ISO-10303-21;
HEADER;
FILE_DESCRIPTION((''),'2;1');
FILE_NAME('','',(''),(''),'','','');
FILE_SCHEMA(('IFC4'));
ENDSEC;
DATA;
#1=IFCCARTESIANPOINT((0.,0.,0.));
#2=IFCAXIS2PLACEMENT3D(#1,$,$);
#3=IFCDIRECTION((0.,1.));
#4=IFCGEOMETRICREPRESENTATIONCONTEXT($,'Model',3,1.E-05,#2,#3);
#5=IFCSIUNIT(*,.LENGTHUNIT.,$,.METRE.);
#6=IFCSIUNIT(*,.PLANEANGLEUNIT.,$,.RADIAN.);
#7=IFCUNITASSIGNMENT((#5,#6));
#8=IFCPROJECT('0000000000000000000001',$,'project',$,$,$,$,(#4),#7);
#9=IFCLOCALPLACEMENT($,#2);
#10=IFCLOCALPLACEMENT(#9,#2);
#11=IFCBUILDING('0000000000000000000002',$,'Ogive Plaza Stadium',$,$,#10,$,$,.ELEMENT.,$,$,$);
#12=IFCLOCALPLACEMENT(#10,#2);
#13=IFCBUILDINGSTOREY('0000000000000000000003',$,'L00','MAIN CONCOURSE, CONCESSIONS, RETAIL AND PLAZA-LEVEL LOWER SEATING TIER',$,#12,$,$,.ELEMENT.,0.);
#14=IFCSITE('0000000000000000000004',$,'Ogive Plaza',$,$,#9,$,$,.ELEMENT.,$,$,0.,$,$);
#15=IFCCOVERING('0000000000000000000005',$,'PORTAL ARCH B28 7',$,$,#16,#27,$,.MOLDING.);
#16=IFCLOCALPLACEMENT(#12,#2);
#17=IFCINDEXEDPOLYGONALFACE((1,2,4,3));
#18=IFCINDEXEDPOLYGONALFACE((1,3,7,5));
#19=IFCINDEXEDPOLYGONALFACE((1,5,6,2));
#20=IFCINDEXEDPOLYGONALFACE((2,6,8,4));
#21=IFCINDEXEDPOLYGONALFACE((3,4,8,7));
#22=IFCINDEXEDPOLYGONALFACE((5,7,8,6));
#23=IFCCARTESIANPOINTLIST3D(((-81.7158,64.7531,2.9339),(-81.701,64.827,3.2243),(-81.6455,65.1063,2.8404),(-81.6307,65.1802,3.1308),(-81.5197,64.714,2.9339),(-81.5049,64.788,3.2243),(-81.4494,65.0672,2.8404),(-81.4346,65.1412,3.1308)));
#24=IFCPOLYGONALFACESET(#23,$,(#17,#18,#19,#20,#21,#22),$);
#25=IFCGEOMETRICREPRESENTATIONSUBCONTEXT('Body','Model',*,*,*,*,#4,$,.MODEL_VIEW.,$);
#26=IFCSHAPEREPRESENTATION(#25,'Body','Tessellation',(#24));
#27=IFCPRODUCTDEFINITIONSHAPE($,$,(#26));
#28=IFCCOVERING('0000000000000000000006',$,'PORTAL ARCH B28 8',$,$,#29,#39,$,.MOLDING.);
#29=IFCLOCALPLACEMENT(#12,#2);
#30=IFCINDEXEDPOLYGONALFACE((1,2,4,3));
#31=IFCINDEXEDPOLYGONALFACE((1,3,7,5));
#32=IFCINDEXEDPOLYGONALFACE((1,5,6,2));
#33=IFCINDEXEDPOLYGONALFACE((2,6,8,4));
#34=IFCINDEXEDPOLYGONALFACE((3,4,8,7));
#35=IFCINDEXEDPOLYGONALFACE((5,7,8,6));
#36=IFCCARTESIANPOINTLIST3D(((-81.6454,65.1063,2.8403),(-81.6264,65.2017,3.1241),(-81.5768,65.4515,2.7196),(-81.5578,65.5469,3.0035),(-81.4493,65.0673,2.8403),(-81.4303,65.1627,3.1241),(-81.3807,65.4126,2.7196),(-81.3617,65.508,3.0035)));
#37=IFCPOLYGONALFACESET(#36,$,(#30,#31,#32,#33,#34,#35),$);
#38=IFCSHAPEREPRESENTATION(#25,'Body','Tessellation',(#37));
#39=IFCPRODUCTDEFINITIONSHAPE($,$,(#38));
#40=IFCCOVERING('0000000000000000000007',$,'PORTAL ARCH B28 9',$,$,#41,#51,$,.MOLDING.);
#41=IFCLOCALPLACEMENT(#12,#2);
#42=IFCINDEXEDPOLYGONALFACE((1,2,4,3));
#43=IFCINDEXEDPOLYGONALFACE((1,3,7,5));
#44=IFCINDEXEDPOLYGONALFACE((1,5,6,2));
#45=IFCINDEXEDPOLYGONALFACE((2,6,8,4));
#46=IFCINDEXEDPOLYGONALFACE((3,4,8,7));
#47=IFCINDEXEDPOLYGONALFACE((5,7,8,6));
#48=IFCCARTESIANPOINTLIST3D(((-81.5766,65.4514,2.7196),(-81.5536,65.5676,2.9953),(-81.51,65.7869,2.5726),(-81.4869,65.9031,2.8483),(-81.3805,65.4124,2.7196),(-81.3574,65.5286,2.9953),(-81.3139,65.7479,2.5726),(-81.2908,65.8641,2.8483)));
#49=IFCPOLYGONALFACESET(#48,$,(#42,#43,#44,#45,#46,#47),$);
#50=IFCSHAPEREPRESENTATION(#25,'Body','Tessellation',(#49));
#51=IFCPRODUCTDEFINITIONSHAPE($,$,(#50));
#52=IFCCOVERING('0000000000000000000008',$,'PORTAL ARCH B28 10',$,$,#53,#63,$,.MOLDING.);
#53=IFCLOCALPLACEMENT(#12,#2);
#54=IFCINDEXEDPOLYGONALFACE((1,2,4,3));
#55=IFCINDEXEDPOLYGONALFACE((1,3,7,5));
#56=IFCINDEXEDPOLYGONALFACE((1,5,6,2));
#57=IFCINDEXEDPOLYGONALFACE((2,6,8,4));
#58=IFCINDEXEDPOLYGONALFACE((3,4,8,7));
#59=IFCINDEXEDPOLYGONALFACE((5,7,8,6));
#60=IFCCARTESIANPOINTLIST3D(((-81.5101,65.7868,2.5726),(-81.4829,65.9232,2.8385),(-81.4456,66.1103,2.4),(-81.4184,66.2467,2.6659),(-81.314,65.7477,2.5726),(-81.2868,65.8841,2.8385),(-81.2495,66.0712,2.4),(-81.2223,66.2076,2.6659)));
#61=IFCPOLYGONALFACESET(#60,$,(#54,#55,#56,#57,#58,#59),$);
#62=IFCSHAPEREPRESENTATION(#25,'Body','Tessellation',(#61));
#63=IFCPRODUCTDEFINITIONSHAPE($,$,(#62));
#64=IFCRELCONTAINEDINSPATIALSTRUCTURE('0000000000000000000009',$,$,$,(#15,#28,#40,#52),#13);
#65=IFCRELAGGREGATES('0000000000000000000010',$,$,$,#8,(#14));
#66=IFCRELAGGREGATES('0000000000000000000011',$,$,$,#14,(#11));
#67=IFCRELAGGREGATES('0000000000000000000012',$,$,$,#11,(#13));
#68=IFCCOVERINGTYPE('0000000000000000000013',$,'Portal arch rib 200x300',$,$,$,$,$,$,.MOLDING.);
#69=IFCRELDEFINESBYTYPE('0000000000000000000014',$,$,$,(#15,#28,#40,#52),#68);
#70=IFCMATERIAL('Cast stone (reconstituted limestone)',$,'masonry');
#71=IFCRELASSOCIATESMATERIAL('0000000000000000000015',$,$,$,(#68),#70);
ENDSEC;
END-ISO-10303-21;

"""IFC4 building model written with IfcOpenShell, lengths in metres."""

from ifc_helpers import new_model, si_unit, direction, frame, origin, origin_2d, place, context, subcontext, project, spatial, rectangle, extrude, material, material_profile, profile_set, type_object, element, save


model = new_model("IFC4")

# Units and contexts
model_context = context("Model", 3, precision=1e-05, world=origin(), true_north=direction((0.0, 1.0)))
body_context = subcontext(model_context, "Body", "Model", "MODEL_VIEW")
ifc_project = project(units=[si_unit("LENGTHUNIT", "METRE"), si_unit("PLANEANGLEUNIT", "RADIAN")], contexts=[model_context])

# Site, building, storey
site_placement = place(None, origin())
site = spatial("IfcSite", under=ifc_project, at=site_placement, Name="Ogive Plaza", CompositionType="ELEMENT", RefElevation=0.0)
building_placement = place(site_placement, origin())
building = spatial("IfcBuilding", under=site, at=building_placement, Name="Ogive Plaza Stadium", CompositionType="ELEMENT")
storey_placement = place(building_placement, origin())
storey = spatial("IfcBuildingStorey", under=building, at=storey_placement, Name="L00", Description="MAIN CONCOURSE, CONCESSIONS, RETAIL AND PLAZA-LEVEL LOWER SEATING TIER", CompositionType="ELEMENT", Elevation=0.0)

# Coverings
ifc_material_1 = material(Name="Cast stone (reconstituted limestone)", Category="masonry")
ifc_material_profile_1 = material_profile(ifc_material_1, rectangle(XDim=0.2, YDim=0.3, at=origin_2d()), Name="Cast stone 200x300")
ifc_profile_set_1 = profile_set([ifc_material_profile_1], Name="Cast stone (reconstituted limestone)")
covering_type = type_object("IfcCoveringType", Name="Portal arch rib 200x300", PredefinedType="MOLDING", material=ifc_profile_set_1)
for number, where, z_axis, x_axis, name in (
    (1, (-81.6104, 64.7705, 3.0791), (0.188941, 0.949298, -0.251265), (-0.980763, 0.195204, 0.0), "PORTAL ARCH B28 7"),
    (2, (-81.5378, 65.1345, 2.9822), (0.18439, 0.927858, -0.32416), (-0.98082, 0.194915, 0.0), "PORTAL ARCH B28 8"),
):
    element("IfcCovering", number, at=place(storey_placement, frame(where, z_axis=z_axis, x_axis=x_axis)), inside=storey, type_object=covering_type, Name=name, PredefinedType="MOLDING", context=body_context, shape_type="SweptSolid", body=[
        extrude(rectangle(XDim=0.2, YDim=0.3, at=origin_2d()), origin(), (0.0, 0.0, 1.0), 0.3721),
    ])
for number, where, z_axis, x_axis, name in (
    (3, (-81.467, 65.49, 2.8574), (0.179048, 0.901142, -0.394823), (-0.980827, 0.19488, 0.0), "PORTAL ARCH B28 9"),
    (4, (-81.3984, 65.8354, 2.7056), (0.173132, 0.868937, -0.463652), (-0.980723, 0.195404, 0.0), "PORTAL ARCH B28 10"),
):
    element("IfcCovering", number, at=place(storey_placement, frame(where, z_axis=z_axis, x_axis=x_axis)), inside=storey, type_object=covering_type, Name=name, PredefinedType="MOLDING", context=body_context, shape_type="SweptSolid", body=[
        extrude(rectangle(XDim=0.2, YDim=0.3, at=origin_2d()), origin(), (0.0, 0.0, 1.0), 0.3723),
    ])

save(model, "model.ifc")
